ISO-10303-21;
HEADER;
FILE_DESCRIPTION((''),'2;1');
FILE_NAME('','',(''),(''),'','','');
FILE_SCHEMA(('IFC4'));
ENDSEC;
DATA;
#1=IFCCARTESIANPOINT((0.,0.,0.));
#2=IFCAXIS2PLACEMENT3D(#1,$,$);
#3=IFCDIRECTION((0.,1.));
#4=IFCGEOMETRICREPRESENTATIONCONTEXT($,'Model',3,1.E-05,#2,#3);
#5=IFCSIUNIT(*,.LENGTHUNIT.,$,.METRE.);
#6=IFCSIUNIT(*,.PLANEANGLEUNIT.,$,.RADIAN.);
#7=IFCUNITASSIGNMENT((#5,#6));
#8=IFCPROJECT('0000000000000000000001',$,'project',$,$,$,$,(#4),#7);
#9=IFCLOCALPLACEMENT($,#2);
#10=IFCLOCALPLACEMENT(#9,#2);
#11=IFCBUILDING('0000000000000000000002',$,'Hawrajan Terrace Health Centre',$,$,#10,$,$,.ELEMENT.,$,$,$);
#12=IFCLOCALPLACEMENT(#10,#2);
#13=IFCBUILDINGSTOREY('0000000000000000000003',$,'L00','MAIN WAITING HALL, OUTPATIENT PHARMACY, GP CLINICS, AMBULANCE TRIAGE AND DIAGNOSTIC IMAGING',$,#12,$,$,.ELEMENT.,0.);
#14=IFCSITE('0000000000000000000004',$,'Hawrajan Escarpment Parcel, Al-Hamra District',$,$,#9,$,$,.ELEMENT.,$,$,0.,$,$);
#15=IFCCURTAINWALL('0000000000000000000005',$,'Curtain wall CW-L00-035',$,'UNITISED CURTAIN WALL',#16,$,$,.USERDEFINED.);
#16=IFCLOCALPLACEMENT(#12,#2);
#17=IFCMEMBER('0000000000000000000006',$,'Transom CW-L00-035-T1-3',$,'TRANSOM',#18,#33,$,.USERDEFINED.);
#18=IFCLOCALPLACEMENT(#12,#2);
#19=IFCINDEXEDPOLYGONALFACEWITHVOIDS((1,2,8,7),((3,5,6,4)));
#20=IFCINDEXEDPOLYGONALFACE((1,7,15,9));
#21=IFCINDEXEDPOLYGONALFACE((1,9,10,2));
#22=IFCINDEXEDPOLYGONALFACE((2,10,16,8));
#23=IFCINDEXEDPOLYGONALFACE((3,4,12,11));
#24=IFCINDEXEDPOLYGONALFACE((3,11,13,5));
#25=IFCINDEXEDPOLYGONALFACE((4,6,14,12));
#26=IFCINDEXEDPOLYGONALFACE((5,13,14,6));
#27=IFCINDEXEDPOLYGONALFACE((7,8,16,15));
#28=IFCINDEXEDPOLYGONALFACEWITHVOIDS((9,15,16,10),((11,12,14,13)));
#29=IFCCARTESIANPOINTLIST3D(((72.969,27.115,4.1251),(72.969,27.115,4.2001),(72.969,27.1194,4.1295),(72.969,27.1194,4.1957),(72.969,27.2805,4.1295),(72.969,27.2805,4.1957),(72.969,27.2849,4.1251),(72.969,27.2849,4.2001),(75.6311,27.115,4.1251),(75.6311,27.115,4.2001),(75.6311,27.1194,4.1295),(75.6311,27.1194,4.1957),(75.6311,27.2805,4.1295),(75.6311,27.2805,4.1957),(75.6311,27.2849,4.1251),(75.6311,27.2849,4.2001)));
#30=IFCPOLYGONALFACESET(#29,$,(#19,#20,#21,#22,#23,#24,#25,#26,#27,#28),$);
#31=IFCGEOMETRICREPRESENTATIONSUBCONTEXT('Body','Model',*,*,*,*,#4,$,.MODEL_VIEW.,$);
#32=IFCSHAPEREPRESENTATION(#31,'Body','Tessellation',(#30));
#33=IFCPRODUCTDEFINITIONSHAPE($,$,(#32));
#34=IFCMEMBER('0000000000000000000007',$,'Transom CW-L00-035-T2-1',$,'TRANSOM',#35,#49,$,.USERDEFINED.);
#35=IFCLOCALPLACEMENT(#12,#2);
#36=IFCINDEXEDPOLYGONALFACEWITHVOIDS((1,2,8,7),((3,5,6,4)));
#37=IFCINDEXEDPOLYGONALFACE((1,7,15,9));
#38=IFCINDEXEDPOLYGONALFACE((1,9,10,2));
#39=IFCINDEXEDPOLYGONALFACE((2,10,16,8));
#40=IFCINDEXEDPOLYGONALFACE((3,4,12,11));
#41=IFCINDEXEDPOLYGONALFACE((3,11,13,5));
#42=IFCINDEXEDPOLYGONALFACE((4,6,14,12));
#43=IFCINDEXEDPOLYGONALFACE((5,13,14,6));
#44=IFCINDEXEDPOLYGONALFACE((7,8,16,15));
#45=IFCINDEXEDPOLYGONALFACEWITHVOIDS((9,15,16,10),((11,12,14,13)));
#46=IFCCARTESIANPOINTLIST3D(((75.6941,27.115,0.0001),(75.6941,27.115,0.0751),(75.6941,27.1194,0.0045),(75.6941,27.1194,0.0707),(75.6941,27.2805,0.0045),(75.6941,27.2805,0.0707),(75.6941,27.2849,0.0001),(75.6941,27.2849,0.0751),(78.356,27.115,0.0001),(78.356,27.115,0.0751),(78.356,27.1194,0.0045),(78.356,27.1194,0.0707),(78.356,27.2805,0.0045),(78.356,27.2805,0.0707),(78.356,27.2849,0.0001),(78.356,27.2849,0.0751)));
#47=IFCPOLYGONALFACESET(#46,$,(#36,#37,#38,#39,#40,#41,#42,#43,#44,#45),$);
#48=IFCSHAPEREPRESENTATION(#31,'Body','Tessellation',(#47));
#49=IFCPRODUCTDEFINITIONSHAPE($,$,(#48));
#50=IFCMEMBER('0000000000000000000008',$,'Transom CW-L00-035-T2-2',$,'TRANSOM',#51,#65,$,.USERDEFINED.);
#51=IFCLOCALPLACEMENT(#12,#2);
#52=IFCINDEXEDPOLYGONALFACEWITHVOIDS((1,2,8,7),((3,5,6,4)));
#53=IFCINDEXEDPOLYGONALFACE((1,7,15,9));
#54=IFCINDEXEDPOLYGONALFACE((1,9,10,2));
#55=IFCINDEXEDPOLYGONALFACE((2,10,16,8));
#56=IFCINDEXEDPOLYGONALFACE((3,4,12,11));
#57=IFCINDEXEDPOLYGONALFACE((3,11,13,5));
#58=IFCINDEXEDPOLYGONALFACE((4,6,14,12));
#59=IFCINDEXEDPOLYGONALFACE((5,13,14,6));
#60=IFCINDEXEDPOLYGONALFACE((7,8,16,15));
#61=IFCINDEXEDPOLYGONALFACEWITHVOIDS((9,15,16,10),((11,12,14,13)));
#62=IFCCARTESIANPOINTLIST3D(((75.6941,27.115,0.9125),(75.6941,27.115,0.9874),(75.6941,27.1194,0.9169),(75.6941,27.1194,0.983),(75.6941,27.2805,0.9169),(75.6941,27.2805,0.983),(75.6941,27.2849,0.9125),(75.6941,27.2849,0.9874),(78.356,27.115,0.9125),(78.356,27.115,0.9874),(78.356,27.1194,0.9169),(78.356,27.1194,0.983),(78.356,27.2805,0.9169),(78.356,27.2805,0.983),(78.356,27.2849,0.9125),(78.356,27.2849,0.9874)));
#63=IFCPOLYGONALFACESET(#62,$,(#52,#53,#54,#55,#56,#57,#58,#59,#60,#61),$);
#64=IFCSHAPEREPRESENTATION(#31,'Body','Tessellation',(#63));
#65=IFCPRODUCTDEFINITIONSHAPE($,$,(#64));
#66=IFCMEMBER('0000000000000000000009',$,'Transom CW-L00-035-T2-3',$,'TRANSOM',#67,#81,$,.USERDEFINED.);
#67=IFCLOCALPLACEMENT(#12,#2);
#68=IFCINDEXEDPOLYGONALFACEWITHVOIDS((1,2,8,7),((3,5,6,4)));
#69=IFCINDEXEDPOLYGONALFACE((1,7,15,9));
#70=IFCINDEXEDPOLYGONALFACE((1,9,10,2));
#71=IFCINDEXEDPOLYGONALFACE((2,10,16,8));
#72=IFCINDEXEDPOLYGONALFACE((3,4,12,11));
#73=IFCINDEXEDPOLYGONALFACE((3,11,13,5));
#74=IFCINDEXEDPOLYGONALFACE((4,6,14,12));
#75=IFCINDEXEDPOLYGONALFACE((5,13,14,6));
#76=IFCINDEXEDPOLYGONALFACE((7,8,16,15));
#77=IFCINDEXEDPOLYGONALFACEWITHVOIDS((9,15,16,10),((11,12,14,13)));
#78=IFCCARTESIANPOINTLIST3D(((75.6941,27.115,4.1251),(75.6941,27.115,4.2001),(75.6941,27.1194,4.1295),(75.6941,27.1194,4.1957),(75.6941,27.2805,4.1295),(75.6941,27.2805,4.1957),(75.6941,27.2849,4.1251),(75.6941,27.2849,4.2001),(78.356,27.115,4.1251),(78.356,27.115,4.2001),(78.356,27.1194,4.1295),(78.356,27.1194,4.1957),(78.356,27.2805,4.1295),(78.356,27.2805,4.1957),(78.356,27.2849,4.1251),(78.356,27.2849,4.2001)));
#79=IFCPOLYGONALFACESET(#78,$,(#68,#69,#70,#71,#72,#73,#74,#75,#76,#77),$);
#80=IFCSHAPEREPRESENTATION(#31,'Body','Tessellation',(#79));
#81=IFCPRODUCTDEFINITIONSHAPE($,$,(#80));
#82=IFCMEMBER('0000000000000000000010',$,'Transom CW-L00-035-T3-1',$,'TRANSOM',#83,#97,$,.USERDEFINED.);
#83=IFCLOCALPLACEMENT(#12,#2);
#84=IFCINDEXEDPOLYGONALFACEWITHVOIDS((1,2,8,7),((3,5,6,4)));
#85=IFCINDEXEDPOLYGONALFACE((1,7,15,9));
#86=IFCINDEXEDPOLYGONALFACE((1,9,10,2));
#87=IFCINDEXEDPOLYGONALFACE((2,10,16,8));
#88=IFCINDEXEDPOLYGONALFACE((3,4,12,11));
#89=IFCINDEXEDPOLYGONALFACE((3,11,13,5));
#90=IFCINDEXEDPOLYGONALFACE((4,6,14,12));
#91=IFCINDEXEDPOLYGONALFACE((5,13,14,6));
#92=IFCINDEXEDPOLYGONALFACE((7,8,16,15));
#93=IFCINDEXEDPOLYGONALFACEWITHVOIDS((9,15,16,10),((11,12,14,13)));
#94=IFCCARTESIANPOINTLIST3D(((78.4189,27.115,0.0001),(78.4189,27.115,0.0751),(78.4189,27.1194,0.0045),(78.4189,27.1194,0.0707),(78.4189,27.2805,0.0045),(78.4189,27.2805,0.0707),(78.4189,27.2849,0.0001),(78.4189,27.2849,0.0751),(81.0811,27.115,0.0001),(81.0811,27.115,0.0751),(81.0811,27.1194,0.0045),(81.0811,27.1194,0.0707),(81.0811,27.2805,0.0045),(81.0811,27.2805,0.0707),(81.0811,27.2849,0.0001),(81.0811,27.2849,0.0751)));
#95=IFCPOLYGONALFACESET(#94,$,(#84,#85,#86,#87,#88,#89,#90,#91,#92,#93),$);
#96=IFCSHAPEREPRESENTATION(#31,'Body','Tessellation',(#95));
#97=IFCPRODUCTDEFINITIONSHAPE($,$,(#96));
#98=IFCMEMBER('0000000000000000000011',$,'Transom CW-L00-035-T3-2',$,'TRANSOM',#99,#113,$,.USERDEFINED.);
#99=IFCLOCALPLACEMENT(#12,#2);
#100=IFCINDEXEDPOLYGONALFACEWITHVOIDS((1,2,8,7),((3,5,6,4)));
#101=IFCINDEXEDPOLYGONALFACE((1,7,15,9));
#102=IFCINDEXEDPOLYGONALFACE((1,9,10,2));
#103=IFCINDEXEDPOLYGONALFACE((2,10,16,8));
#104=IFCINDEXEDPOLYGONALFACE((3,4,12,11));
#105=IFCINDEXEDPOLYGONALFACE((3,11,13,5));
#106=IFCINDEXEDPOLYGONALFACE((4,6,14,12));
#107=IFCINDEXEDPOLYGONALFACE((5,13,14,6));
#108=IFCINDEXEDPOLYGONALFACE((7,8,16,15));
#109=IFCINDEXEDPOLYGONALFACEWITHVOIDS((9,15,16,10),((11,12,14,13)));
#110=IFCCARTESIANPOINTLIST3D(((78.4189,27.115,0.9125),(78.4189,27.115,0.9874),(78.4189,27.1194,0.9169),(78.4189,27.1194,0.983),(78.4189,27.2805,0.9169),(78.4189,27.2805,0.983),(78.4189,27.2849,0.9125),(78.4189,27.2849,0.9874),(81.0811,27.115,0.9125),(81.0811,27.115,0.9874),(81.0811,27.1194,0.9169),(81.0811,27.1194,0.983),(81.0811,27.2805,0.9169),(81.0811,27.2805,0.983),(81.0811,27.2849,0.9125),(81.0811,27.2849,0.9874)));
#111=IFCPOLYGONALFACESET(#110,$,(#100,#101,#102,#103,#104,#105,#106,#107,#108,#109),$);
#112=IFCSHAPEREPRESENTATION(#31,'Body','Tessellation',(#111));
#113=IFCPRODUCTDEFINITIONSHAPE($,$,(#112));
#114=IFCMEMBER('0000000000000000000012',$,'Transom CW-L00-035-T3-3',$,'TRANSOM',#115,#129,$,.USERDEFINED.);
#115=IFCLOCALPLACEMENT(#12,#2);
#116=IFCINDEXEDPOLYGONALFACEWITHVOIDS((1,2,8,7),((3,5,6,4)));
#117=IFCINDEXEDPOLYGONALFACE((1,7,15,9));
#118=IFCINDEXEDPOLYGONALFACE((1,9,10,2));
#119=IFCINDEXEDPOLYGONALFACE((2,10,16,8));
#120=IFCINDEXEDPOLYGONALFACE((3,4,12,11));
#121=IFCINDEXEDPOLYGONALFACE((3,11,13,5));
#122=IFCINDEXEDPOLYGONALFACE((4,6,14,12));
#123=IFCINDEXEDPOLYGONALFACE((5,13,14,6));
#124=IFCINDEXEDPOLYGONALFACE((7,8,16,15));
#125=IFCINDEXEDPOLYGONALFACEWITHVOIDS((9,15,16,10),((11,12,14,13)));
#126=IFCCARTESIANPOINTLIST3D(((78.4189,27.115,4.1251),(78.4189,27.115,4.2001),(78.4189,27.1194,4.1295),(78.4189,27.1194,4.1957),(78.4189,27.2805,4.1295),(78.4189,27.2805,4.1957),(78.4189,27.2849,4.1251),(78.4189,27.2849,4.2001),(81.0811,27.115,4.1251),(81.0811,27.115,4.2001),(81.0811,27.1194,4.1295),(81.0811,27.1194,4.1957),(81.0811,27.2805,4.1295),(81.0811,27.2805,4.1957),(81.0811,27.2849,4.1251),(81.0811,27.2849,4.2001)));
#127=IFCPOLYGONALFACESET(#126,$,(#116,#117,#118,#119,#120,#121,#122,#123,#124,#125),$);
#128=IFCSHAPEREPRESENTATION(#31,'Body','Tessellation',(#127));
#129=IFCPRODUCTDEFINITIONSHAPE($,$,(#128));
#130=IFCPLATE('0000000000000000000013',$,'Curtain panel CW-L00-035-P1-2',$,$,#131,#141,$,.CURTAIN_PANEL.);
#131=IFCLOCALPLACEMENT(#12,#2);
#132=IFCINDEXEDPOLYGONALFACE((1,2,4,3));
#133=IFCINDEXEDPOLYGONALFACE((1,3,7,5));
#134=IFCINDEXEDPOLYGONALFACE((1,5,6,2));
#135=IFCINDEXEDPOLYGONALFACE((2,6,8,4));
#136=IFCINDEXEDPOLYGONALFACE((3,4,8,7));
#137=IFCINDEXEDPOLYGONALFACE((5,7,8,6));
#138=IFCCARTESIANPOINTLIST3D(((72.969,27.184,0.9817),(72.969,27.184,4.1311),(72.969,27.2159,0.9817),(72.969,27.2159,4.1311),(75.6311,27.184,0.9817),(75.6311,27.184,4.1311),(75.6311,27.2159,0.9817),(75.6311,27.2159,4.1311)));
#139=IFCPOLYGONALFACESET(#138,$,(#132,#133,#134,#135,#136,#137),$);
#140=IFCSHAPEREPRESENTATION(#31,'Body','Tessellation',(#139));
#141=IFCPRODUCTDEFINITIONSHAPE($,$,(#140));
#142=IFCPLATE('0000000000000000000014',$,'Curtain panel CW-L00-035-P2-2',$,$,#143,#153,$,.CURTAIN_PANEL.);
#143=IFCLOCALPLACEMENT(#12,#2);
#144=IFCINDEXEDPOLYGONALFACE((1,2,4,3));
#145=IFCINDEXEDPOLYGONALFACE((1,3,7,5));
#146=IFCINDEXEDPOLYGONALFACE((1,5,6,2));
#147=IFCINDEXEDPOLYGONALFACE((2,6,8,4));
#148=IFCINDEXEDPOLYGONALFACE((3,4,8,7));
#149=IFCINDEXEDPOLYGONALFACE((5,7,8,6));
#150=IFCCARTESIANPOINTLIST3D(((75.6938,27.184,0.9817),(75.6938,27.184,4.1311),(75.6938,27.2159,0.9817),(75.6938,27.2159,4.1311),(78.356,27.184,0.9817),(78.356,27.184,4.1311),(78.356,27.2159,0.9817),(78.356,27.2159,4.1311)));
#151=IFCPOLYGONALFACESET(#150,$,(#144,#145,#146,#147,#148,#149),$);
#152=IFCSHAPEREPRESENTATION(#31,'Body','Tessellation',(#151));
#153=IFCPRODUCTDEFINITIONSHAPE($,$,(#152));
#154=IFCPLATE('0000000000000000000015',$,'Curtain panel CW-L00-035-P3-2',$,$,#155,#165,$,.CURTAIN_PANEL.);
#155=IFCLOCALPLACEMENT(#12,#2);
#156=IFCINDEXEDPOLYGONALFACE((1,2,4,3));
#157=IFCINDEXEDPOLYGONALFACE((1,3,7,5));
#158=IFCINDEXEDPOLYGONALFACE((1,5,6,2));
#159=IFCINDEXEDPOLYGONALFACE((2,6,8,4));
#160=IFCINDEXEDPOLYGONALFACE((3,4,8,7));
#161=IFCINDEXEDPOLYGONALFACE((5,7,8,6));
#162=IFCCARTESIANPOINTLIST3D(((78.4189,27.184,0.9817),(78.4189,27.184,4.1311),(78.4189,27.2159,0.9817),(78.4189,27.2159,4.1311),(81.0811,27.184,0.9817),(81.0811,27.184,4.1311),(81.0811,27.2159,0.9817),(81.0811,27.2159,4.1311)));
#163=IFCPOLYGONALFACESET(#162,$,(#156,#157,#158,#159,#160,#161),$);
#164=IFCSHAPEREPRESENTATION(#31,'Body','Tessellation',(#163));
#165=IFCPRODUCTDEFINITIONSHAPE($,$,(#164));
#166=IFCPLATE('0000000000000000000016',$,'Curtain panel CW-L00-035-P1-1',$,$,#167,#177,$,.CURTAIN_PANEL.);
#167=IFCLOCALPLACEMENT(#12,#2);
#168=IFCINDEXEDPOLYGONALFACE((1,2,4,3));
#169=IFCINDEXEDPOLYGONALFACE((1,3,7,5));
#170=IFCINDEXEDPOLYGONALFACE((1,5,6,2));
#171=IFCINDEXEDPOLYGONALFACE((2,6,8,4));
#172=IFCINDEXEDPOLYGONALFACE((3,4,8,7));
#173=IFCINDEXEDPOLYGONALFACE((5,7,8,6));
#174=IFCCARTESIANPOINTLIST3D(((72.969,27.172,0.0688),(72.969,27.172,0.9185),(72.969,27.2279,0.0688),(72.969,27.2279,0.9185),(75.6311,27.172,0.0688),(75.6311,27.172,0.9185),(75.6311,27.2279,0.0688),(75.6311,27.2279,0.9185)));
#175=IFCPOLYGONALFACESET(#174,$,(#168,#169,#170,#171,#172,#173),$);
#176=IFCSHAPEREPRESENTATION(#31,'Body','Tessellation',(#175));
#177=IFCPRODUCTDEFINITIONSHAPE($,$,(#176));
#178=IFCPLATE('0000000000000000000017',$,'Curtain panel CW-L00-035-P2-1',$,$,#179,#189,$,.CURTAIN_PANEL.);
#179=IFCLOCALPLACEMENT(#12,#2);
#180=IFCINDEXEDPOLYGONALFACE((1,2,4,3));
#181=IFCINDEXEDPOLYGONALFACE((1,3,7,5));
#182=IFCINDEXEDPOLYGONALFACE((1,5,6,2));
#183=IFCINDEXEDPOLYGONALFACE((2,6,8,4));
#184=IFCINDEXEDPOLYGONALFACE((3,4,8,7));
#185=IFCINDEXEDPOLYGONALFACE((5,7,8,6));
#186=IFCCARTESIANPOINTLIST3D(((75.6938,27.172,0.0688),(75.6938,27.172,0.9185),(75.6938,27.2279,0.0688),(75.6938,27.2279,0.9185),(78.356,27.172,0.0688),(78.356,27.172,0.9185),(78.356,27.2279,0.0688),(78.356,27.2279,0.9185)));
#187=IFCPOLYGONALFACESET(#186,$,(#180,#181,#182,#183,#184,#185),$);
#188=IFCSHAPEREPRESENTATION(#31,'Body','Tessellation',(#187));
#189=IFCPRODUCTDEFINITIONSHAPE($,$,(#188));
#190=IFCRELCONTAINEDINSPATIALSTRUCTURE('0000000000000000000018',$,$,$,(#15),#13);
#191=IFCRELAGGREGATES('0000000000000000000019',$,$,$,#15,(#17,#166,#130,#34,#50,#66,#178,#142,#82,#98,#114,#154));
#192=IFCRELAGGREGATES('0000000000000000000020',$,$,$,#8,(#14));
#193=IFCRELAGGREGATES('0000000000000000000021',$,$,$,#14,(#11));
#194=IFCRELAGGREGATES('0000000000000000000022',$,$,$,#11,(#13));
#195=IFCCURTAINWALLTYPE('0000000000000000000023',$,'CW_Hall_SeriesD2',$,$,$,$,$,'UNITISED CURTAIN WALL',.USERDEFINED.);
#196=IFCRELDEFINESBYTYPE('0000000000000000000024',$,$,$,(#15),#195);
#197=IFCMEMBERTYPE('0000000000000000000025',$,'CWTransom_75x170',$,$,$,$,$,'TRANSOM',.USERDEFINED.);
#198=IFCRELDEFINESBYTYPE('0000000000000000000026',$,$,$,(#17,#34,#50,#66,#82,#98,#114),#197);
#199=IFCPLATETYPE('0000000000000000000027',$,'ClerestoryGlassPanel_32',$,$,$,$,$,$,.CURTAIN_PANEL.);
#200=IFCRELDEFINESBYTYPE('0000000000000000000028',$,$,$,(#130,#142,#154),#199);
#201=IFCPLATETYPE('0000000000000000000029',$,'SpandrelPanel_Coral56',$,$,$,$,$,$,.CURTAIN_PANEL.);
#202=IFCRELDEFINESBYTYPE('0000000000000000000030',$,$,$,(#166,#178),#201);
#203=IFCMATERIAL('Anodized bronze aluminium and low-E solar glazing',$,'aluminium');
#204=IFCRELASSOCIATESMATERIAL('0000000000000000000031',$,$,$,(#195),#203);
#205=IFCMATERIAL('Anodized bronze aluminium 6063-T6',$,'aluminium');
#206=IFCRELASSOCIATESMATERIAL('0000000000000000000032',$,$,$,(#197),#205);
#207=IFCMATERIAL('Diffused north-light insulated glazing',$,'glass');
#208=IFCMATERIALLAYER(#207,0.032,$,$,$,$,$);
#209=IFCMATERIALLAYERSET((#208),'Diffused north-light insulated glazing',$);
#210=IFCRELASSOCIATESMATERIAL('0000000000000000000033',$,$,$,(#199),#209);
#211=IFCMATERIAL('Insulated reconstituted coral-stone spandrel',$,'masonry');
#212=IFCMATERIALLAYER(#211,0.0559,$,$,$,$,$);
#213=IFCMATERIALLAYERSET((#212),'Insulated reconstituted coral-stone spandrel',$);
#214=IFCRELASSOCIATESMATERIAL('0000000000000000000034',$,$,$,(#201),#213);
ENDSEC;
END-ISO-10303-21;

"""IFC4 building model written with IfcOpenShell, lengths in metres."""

from ifc_helpers import new_model, si_unit, direction, frame, origin, origin_2d, place, context, subcontext, project, spatial, rectangle, hollow_rectangle, extrude, material, layer, layer_set, material_profile, profile_set, type_object, element, aggregate, save


model = new_model("IFC4")

# Units and contexts
model_context = context("Model", 3, precision=1e-05, world=origin(), true_north=direction((0.0, 1.0)))
body_context = subcontext(model_context, "Body", "Model", "MODEL_VIEW")
ifc_project = project(units=[si_unit("LENGTHUNIT", "METRE"), si_unit("PLANEANGLEUNIT", "RADIAN")], contexts=[model_context])

# Site, building, storey
site_placement = place(None, origin())
site = spatial("IfcSite", under=ifc_project, at=site_placement, Name="Hawrajan Escarpment Parcel, Al-Hamra District", CompositionType="ELEMENT", RefElevation=0.0)
building_placement = place(site_placement, origin())
building = spatial("IfcBuilding", under=site, at=building_placement, Name="Hawrajan Terrace Health Centre", CompositionType="ELEMENT")
storey_placement = place(building_placement, origin())
storey = spatial("IfcBuildingStorey", under=building, at=storey_placement, Name="L00", Description="MAIN WAITING HALL, OUTPATIENT PHARMACY, GP CLINICS, AMBULANCE TRIAGE AND DIAGNOSTIC IMAGING", CompositionType="ELEMENT", Elevation=0.0)

# Curtain wall, members, plates
ifc_material_1 = material(Name="Anodized bronze aluminium and low-E solar glazing", Category="aluminium")
curtain_wall_type = type_object("IfcCurtainWallType", Name="CW_Hall_SeriesD2", ElementType="UNITISED CURTAIN WALL", PredefinedType="USERDEFINED", material=ifc_material_1)
curtain_wall_placement = place(storey_placement, origin())
curtain_wall = element("IfcCurtainWall", 1, at=curtain_wall_placement, inside=storey, type_object=curtain_wall_type, Name="Curtain wall CW-L00-035", ObjectType="UNITISED CURTAIN WALL", PredefinedType="USERDEFINED")
ifc_material_2 = material(Name="Anodized bronze aluminium 6063-T6", Category="aluminium")
ifc_material_profile_1 = material_profile(ifc_material_2, hollow_rectangle(XDim=0.075, YDim=0.1699, WallThickness=0.0044, at=origin_2d()), Name="CW TRN 75x170")
ifc_profile_set_1 = profile_set([ifc_material_profile_1], Name="Anodized bronze aluminium 6063-T6")
member_type_1 = type_object("IfcMemberType", Name="CWTransom_75x170", ElementType="TRANSOM", PredefinedType="USERDEFINED", material=ifc_profile_set_1)
member_1_placement = place(storey_placement, frame((72.969, 27.2, 4.1626), z_axis=(1.0, 0.0, 0.0), x_axis=(0.0, 0.0, 1.0)))
member_1 = element("IfcMember", 2, at=member_1_placement, type_object=member_type_1, Name="Transom CW-L00-035-T1-3", ObjectType="TRANSOM", PredefinedType="USERDEFINED", context=body_context, shape_type="SweptSolid", body=[
    extrude(hollow_rectangle(XDim=0.075, YDim=0.1699, WallThickness=0.0044, at=origin_2d()), origin(), (0.0, 0.0, 1.0), 2.6621),
])
member_2_placement = place(storey_placement, frame((75.6941, 27.2, 0.0376), z_axis=(1.0, 0.0, 0.0), x_axis=(0.0, 0.0, 1.0)))
member_2 = element("IfcMember", 3, at=member_2_placement, type_object=member_type_1, Name="Transom CW-L00-035-T2-1", ObjectType="TRANSOM", PredefinedType="USERDEFINED", context=body_context, shape_type="SweptSolid", body=[
    extrude(hollow_rectangle(XDim=0.075, YDim=0.1699, WallThickness=0.0044, at=origin_2d()), origin(), (0.0, 0.0, 1.0), 2.6619),
])
member_3_placement = place(storey_placement, frame((75.6941, 27.2, 0.95), z_axis=(1.0, 0.0, 0.0), x_axis=(0.0, 0.0, 1.0)))
member_3 = element("IfcMember", 4, at=member_3_placement, type_object=member_type_1, Name="Transom CW-L00-035-T2-2", ObjectType="TRANSOM", PredefinedType="USERDEFINED", context=body_context, shape_type="SweptSolid", body=[
    extrude(hollow_rectangle(XDim=0.075, YDim=0.1699, WallThickness=0.0044, at=origin_2d()), origin(), (0.0, 0.0, 1.0), 2.6619),
])
member_4_placement = place(storey_placement, frame((75.6941, 27.2, 4.1626), z_axis=(1.0, 0.0, 0.0), x_axis=(0.0, 0.0, 1.0)))
member_4 = element("IfcMember", 5, at=member_4_placement, type_object=member_type_1, Name="Transom CW-L00-035-T2-3", ObjectType="TRANSOM", PredefinedType="USERDEFINED", context=body_context, shape_type="SweptSolid", body=[
    extrude(hollow_rectangle(XDim=0.075, YDim=0.1699, WallThickness=0.0044, at=origin_2d()), origin(), (0.0, 0.0, 1.0), 2.6619),
])
member_5_placement = place(storey_placement, frame((78.4189, 27.2, 0.0376), z_axis=(1.0, 0.0, 0.0), x_axis=(0.0, 0.0, 1.0)))
member_5 = element("IfcMember", 6, at=member_5_placement, type_object=member_type_1, Name="Transom CW-L00-035-T3-1", ObjectType="TRANSOM", PredefinedType="USERDEFINED", context=body_context, shape_type="SweptSolid", body=[
    extrude(hollow_rectangle(XDim=0.075, YDim=0.1699, WallThickness=0.0044, at=origin_2d()), origin(), (0.0, 0.0, 1.0), 2.6621),
])
member_6_placement = place(storey_placement, frame((78.4189, 27.2, 0.95), z_axis=(1.0, 0.0, 0.0), x_axis=(0.0, 0.0, 1.0)))
member_6 = element("IfcMember", 7, at=member_6_placement, type_object=member_type_1, Name="Transom CW-L00-035-T3-2", ObjectType="TRANSOM", PredefinedType="USERDEFINED", context=body_context, shape_type="SweptSolid", body=[
    extrude(hollow_rectangle(XDim=0.075, YDim=0.1699, WallThickness=0.0044, at=origin_2d()), origin(), (0.0, 0.0, 1.0), 2.6621),
])
member_7_placement = place(storey_placement, frame((78.4189, 27.2, 4.1626), z_axis=(1.0, 0.0, 0.0), x_axis=(0.0, 0.0, 1.0)))
member_7 = element("IfcMember", 8, at=member_7_placement, type_object=member_type_1, Name="Transom CW-L00-035-T3-3", ObjectType="TRANSOM", PredefinedType="USERDEFINED", context=body_context, shape_type="SweptSolid", body=[
    extrude(hollow_rectangle(XDim=0.075, YDim=0.1699, WallThickness=0.0044, at=origin_2d()), origin(), (0.0, 0.0, 1.0), 2.6621),
])
ifc_material_3 = material(Name="Diffused north-light insulated glazing", Category="glass")
ifc_layer_1 = layer(ifc_material_3, 0.032)
ifc_layer_set_1 = layer_set([ifc_layer_1], Name="Diffused north-light insulated glazing")
plate_type_1 = type_object("IfcPlateType", Name="ClerestoryGlassPanel_32", PredefinedType="CURTAIN_PANEL", material=ifc_layer_set_1)
plate_1_placement = place(storey_placement, frame((74.3, 27.2, 0.9817), z_axis=(0.0, 0.0, 1.0), x_axis=(1.0, 0.0, 0.0)))
plate_1 = element("IfcPlate", 9, at=plate_1_placement, type_object=plate_type_1, Name="Curtain panel CW-L00-035-P1-2", PredefinedType="CURTAIN_PANEL", context=body_context, shape_type="SweptSolid", body=[
    extrude(rectangle(XDim=2.6621, YDim=0.032, at=origin_2d()), origin(), (0.0, 0.0, 1.0), 3.1494),
])
plate_2_placement = place(storey_placement, frame((77.0249, 27.2, 0.9817), z_axis=(0.0, 0.0, 1.0), x_axis=(1.0, 0.0, 0.0)))
plate_2 = element("IfcPlate", 10, at=plate_2_placement, type_object=plate_type_1, Name="Curtain panel CW-L00-035-P2-2", PredefinedType="CURTAIN_PANEL", context=body_context, shape_type="SweptSolid", body=[
    extrude(rectangle(XDim=2.6621, YDim=0.032, at=origin_2d()), origin(), (0.0, 0.0, 1.0), 3.1494),
])
plate_3_placement = place(storey_placement, frame((79.75, 27.2, 0.9817), z_axis=(0.0, 0.0, 1.0), x_axis=(1.0, 0.0, 0.0)))
plate_3 = element("IfcPlate", 11, at=plate_3_placement, type_object=plate_type_1, Name="Curtain panel CW-L00-035-P3-2", PredefinedType="CURTAIN_PANEL", context=body_context, shape_type="SweptSolid", body=[
    extrude(rectangle(XDim=2.6621, YDim=0.032, at=origin_2d()), origin(), (0.0, 0.0, 1.0), 3.1494),
])
ifc_material_4 = material(Name="Insulated reconstituted coral-stone spandrel", Category="masonry")
ifc_layer_2 = layer(ifc_material_4, 0.0559)
ifc_layer_set_2 = layer_set([ifc_layer_2], Name="Insulated reconstituted coral-stone spandrel")
plate_type_2 = type_object("IfcPlateType", Name="SpandrelPanel_Coral56", PredefinedType="CURTAIN_PANEL", material=ifc_layer_set_2)
plate_4_placement = place(storey_placement, frame((74.3, 27.2, 0.0688), z_axis=(0.0, 0.0, 1.0), x_axis=(1.0, 0.0, 0.0)))
plate_4 = element("IfcPlate", 12, at=plate_4_placement, type_object=plate_type_2, Name="Curtain panel CW-L00-035-P1-1", PredefinedType="CURTAIN_PANEL", context=body_context, shape_type="SweptSolid", body=[
    extrude(rectangle(XDim=2.6621, YDim=0.0559, at=origin_2d()), origin(), (0.0, 0.0, 1.0), 0.8496),
])
plate_5_placement = place(storey_placement, frame((77.0249, 27.2, 0.0688), z_axis=(0.0, 0.0, 1.0), x_axis=(1.0, 0.0, 0.0)))
plate_5 = element("IfcPlate", 13, at=plate_5_placement, type_object=plate_type_2, Name="Curtain panel CW-L00-035-P2-1", PredefinedType="CURTAIN_PANEL", context=body_context, shape_type="SweptSolid", body=[
    extrude(rectangle(XDim=2.6621, YDim=0.0559, at=origin_2d()), origin(), (0.0, 0.0, 1.0), 0.8496),
])
aggregate(curtain_wall, [member_1, plate_4, plate_1, member_2, member_3, member_4, plate_5, plate_2, member_5, member_6, member_7, plate_3])

save(model, "model.ifc")
